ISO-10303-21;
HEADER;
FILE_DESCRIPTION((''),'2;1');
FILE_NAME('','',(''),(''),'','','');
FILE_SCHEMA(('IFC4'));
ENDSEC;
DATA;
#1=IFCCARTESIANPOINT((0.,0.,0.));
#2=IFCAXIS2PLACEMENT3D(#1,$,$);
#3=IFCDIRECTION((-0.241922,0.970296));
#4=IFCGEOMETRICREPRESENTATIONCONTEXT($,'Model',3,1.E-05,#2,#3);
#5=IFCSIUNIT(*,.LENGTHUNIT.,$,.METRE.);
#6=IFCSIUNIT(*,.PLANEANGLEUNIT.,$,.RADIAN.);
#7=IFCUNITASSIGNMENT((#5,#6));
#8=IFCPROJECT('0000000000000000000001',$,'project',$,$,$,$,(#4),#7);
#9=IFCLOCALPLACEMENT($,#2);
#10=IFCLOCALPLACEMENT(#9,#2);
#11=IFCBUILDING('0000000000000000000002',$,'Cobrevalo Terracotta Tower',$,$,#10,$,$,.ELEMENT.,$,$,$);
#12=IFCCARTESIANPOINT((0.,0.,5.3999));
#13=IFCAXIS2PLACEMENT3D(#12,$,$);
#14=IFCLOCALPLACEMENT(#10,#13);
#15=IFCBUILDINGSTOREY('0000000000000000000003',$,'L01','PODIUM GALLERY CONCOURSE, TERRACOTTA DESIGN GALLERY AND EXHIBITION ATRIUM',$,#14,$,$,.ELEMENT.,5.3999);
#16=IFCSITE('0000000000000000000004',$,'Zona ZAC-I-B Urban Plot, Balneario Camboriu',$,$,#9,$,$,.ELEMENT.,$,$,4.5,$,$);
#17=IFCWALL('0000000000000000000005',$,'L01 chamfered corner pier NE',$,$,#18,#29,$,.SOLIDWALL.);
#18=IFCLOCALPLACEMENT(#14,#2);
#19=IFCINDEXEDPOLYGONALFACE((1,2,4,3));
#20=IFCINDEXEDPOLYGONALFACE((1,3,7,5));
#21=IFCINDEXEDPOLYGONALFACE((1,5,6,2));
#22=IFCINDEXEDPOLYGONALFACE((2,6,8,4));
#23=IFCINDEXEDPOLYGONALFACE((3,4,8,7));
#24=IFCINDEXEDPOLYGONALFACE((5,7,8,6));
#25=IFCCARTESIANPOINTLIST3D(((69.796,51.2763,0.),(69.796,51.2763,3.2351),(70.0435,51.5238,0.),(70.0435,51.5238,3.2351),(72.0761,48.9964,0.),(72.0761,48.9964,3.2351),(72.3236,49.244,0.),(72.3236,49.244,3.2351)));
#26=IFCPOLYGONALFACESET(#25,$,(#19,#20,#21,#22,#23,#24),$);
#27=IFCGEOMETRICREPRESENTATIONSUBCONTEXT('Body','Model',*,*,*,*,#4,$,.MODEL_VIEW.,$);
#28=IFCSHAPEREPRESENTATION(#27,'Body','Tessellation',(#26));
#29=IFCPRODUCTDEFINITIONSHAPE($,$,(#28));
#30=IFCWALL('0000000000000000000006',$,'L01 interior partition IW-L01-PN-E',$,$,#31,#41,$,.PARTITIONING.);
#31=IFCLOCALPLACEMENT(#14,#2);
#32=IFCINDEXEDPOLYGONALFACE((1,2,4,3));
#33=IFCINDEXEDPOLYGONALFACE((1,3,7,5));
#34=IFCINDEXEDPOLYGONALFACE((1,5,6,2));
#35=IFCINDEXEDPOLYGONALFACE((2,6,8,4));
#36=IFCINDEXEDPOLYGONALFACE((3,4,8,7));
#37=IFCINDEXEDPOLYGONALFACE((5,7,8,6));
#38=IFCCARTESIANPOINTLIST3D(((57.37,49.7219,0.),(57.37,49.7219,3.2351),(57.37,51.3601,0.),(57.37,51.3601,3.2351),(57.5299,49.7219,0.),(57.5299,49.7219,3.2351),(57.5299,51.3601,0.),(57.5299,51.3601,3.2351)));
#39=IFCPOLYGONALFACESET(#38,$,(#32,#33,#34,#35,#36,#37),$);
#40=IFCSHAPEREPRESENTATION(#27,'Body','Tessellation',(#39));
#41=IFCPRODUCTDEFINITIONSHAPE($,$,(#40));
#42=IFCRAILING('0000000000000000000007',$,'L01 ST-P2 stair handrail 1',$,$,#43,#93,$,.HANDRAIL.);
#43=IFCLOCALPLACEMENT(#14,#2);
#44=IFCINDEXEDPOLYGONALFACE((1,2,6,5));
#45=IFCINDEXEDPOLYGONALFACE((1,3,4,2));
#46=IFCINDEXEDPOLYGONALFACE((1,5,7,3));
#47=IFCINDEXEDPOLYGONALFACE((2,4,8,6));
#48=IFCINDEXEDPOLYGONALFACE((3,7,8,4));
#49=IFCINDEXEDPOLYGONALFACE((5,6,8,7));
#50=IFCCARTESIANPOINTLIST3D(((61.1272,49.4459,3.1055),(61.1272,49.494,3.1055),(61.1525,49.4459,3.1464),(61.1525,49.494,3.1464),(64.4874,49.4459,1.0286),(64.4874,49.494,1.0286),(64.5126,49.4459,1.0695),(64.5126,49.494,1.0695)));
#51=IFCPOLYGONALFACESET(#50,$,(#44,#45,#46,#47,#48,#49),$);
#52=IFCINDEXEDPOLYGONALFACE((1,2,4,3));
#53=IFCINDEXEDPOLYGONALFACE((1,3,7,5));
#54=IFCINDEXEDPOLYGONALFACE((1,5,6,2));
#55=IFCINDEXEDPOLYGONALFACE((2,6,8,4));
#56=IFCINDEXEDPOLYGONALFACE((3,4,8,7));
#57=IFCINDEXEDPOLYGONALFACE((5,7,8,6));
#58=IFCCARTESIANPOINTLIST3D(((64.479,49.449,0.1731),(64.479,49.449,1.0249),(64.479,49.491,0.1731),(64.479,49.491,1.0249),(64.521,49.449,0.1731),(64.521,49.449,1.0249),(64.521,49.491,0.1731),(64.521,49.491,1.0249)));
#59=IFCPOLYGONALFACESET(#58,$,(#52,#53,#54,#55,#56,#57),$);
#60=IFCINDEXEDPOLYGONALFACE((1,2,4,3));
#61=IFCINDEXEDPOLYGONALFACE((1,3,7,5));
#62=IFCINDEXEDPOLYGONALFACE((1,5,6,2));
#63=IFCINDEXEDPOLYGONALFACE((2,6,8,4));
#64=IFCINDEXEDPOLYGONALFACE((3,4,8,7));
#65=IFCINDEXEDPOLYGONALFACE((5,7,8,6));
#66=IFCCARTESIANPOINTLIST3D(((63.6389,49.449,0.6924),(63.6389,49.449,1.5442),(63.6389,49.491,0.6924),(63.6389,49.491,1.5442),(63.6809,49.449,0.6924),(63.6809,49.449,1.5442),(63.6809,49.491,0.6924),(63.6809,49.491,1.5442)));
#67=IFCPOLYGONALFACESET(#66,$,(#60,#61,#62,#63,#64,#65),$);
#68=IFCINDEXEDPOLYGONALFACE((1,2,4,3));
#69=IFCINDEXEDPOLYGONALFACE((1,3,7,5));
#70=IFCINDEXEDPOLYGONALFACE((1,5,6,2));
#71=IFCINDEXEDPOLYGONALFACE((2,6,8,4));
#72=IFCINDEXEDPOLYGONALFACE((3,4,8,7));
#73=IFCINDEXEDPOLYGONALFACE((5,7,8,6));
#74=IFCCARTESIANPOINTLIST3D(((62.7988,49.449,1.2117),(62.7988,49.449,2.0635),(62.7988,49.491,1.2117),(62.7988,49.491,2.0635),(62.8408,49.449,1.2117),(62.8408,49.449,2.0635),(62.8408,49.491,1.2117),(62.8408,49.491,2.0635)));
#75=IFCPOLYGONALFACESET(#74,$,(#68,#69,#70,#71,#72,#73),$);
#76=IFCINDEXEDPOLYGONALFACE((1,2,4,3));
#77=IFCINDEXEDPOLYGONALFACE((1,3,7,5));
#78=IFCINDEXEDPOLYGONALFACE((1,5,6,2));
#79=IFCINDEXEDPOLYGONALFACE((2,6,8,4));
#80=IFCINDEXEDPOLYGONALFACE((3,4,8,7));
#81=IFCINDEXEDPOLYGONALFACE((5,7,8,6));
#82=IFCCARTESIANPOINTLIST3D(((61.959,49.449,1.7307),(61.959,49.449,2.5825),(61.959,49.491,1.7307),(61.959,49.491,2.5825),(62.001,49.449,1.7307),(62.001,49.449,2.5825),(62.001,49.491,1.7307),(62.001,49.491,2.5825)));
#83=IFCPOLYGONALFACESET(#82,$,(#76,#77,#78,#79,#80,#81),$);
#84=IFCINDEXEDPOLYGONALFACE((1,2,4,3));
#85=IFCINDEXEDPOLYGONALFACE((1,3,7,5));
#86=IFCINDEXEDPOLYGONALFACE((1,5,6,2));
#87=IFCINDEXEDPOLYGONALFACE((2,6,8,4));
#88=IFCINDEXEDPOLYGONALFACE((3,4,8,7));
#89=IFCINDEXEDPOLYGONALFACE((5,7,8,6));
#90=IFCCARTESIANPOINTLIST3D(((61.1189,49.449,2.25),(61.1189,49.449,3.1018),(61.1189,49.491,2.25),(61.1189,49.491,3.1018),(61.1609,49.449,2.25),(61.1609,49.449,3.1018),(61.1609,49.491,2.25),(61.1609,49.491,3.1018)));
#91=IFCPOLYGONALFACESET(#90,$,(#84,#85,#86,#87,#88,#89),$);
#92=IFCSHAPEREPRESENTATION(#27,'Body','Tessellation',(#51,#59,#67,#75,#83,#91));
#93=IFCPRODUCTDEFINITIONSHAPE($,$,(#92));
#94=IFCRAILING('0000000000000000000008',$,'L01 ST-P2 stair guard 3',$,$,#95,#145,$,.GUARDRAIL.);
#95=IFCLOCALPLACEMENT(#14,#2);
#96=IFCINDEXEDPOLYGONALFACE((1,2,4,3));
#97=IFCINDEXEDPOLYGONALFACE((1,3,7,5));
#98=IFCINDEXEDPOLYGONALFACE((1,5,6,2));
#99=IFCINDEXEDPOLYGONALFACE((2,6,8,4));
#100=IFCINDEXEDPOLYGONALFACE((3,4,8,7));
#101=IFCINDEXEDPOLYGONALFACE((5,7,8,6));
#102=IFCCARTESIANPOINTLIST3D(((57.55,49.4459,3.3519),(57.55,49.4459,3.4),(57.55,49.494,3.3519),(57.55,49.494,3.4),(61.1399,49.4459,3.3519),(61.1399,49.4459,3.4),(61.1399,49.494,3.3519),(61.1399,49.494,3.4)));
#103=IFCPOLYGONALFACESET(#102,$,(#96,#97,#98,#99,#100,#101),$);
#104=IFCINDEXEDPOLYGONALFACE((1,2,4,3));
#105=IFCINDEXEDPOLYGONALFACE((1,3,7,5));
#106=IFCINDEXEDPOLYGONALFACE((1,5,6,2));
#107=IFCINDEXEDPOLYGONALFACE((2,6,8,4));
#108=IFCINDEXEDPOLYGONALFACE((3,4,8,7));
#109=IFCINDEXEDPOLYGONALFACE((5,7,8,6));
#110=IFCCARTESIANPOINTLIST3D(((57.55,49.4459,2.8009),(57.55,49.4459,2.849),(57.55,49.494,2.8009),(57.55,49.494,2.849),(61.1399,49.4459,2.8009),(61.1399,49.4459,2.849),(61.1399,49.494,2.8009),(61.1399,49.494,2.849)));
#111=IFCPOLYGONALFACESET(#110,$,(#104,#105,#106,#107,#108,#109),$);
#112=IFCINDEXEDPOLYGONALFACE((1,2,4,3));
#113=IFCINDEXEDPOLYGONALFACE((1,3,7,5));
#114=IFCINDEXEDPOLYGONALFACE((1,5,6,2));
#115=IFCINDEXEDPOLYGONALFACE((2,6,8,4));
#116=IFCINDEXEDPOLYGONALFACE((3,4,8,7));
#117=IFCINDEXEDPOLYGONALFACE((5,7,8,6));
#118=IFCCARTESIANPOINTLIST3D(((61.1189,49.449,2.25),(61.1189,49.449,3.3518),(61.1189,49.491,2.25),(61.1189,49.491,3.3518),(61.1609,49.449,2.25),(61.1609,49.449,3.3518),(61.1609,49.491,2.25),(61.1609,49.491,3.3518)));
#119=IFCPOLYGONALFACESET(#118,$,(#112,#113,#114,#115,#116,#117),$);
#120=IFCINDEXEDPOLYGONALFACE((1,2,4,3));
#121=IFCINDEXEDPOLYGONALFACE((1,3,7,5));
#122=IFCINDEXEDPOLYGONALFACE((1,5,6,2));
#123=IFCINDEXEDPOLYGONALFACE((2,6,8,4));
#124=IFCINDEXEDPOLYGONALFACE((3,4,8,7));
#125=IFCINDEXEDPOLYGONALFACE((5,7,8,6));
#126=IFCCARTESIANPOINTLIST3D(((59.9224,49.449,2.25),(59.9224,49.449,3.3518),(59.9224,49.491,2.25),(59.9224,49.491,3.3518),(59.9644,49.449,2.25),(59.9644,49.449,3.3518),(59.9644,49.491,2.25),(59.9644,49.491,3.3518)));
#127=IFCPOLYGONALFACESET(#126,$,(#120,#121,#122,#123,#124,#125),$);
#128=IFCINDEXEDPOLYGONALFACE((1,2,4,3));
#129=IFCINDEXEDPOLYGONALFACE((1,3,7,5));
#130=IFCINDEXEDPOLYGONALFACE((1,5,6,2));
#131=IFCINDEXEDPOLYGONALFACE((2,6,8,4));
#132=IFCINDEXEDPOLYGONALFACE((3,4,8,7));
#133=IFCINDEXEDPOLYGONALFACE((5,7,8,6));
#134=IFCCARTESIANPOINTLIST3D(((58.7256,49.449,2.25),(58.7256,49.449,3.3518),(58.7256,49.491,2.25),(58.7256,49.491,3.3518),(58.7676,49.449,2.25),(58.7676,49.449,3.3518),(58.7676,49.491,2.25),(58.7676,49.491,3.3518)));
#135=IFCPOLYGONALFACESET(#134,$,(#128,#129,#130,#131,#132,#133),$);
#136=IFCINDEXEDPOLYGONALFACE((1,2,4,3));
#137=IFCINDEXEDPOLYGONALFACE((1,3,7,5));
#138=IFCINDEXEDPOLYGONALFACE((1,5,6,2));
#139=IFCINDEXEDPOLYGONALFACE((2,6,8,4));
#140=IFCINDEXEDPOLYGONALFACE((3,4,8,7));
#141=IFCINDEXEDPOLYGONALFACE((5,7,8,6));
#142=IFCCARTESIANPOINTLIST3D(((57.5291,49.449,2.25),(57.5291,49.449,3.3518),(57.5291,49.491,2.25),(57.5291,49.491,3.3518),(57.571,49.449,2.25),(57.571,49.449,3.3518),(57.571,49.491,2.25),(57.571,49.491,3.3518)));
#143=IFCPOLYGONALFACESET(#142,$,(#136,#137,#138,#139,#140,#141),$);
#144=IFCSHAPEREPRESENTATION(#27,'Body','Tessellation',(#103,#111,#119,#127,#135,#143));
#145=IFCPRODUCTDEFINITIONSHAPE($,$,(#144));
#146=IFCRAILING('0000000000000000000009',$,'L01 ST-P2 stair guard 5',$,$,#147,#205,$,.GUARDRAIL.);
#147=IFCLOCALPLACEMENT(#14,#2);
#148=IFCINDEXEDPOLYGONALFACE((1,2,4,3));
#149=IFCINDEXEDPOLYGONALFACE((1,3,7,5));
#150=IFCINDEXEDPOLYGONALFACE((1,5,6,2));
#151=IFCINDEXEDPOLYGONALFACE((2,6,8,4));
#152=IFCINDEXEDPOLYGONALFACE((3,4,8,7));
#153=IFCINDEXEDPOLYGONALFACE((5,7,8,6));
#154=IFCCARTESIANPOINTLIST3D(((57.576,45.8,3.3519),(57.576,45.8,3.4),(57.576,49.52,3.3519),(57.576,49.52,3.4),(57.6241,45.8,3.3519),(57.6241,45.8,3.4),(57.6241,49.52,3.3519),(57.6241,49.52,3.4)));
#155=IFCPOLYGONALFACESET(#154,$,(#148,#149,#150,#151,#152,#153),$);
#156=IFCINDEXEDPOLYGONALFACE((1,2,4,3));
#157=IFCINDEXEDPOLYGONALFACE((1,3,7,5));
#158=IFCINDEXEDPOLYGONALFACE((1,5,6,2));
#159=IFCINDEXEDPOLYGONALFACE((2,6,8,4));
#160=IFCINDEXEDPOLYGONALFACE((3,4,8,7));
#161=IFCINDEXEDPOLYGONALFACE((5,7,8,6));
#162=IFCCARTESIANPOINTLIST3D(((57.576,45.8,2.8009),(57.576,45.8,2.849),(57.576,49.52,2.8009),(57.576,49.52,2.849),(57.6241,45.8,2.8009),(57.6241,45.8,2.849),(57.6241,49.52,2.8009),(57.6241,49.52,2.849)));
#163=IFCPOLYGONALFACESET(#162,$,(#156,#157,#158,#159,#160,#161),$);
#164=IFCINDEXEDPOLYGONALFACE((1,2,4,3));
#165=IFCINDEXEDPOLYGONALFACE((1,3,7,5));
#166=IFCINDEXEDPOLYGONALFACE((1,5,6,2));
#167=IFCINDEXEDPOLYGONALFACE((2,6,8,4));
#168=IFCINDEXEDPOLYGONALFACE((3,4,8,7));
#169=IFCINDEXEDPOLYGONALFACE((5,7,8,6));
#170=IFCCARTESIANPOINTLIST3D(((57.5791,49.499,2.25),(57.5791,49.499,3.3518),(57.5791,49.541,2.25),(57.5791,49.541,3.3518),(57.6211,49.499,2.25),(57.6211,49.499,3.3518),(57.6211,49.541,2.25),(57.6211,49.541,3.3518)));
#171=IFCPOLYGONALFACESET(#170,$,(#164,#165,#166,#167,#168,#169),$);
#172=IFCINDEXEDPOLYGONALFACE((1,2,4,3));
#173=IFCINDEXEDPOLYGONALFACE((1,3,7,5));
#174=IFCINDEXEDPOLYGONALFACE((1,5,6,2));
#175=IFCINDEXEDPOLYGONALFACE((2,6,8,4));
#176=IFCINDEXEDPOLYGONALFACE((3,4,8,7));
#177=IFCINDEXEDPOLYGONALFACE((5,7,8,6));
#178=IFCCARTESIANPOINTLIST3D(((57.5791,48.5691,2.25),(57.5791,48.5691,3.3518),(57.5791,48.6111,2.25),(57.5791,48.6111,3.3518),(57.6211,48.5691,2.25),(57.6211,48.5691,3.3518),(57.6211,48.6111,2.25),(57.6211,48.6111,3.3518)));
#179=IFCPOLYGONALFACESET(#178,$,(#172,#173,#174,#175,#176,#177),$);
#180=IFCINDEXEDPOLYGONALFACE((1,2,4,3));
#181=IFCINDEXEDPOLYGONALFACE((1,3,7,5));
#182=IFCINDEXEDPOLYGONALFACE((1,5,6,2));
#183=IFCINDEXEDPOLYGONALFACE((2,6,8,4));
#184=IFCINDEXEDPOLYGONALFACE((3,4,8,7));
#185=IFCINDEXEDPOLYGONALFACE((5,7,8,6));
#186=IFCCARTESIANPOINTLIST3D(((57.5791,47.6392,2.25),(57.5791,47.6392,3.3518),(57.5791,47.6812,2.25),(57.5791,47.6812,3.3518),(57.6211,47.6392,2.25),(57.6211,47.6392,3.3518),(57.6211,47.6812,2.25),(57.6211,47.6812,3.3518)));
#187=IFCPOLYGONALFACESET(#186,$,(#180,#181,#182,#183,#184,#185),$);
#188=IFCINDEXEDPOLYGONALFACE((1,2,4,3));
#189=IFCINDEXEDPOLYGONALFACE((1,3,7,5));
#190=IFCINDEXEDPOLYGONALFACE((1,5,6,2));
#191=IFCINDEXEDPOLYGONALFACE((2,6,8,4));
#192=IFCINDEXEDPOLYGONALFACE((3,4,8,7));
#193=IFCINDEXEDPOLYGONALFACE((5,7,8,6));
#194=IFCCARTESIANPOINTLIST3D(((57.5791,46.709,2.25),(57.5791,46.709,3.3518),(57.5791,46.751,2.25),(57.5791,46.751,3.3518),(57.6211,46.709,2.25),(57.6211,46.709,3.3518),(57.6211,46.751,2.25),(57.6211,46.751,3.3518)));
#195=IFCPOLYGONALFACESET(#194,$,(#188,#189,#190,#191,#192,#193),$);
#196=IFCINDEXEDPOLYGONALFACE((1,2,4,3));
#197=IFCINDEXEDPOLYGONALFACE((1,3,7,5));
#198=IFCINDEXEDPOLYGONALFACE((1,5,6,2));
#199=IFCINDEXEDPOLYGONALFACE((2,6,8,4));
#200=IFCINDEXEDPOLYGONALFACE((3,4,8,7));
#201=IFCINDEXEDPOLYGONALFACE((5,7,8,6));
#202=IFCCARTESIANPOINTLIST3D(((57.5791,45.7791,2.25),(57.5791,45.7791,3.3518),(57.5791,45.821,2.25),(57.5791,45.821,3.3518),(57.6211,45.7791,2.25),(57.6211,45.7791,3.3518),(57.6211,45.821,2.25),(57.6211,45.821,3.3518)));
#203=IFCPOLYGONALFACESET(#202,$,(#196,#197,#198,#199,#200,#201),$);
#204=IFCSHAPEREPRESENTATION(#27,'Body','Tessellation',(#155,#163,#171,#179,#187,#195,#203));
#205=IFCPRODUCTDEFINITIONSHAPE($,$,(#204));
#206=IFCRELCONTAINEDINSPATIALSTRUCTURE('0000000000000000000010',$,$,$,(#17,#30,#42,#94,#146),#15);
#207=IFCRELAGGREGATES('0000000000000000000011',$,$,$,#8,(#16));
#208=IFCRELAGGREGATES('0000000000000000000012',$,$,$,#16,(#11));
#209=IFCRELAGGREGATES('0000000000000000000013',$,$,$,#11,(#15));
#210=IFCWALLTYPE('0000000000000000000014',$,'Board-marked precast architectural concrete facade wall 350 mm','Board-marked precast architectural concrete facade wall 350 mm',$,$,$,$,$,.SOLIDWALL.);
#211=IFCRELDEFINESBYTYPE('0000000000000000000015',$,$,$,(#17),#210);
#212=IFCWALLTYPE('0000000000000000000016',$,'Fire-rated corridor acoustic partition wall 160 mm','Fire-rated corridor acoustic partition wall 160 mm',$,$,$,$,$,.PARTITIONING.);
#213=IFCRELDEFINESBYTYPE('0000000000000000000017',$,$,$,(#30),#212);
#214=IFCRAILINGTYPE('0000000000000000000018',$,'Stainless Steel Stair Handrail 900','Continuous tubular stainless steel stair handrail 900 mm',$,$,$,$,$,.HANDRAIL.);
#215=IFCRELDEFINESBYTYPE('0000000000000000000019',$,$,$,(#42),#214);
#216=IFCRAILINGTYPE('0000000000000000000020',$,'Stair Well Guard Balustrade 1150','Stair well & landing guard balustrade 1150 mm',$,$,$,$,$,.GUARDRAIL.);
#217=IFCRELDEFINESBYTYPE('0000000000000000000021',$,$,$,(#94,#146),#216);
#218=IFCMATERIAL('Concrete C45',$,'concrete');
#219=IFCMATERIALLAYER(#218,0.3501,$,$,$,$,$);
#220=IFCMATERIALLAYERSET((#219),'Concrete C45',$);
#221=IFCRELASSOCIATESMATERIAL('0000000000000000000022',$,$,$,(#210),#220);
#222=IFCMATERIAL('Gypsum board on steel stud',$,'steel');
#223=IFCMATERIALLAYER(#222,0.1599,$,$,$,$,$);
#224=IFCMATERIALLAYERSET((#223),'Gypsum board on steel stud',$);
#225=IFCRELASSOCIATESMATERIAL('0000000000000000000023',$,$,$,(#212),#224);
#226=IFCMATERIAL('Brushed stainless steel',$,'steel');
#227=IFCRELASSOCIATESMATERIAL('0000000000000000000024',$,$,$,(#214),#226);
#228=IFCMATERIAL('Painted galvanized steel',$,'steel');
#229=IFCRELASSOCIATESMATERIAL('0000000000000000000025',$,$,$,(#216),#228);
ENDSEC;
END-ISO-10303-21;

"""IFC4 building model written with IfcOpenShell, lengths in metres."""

from ifc_helpers import new_model, si_unit, direction, frame, frame_2d, origin, origin_2d, place, context, subcontext, project, spatial, rectangle, extrude, material, layer, layer_set, type_object, element, save


model = new_model("IFC4")

# Units and contexts
model_context = context("Model", 3, precision=1e-05, world=origin(), true_north=direction((-0.241922, 0.970296)))
body_context = subcontext(model_context, "Body", "Model", "MODEL_VIEW")
ifc_project = project(units=[si_unit("LENGTHUNIT", "METRE"), si_unit("PLANEANGLEUNIT", "RADIAN")], contexts=[model_context])

# Site, building, storey
site_placement = place(None, origin())
site = spatial("IfcSite", under=ifc_project, at=site_placement, Name="Zona ZAC-I-B Urban Plot, Balneario Camboriu", CompositionType="ELEMENT", RefElevation=4.5)
building_placement = place(site_placement, origin())
building = spatial("IfcBuilding", under=site, at=building_placement, Name="Cobrevalo Terracotta Tower", CompositionType="ELEMENT")
storey_placement = place(building_placement, frame((0.0, 0.0, 5.3999)))
storey = spatial("IfcBuildingStorey", under=building, at=storey_placement, Name="L01", Description="PODIUM GALLERY CONCOURSE, TERRACOTTA DESIGN GALLERY AND EXHIBITION ATRIUM", CompositionType="ELEMENT", Elevation=5.3999)

# Walls
ifc_material_1 = material(Name="Concrete C45", Category="concrete")
ifc_layer_1 = layer(ifc_material_1, 0.3501)
ifc_layer_set_1 = layer_set([ifc_layer_1], Name="Concrete C45")
wall_type_1 = type_object("IfcWallType", Name="Board-marked precast architectural concrete facade wall 350 mm", Description="Board-marked precast architectural concrete facade wall 350 mm", PredefinedType="SOLIDWALL", material=ifc_layer_set_1)
wall_1_placement = place(storey_placement, frame((72.2, 49.1201, 0.0), z_axis=(0.0, 0.0, 1.0), x_axis=(-0.707145, 0.707069, 0.0)))
element("IfcWall", 1, at=wall_1_placement, inside=storey, type_object=wall_type_1, Name="L01 chamfered corner pier NE", PredefinedType="SOLIDWALL", context=body_context, shape_type="SweptSolid", body=[
    extrude(rectangle(XDim=3.2244, YDim=0.3501, at=frame_2d((1.6123, 0.0))), origin(), (0.0, 0.0, 1.0), 3.2351),
])
ifc_material_2 = material(Name="Gypsum board on steel stud", Category="steel")
ifc_layer_2 = layer(ifc_material_2, 0.1599)
ifc_layer_set_2 = layer_set([ifc_layer_2], Name="Gypsum board on steel stud")
wall_type_2 = type_object("IfcWallType", Name="Fire-rated corridor acoustic partition wall 160 mm", Description="Fire-rated corridor acoustic partition wall 160 mm", PredefinedType="PARTITIONING", material=ifc_layer_set_2)
wall_2_placement = place(storey_placement, frame((57.45, 49.7219, 0.0), z_axis=(0.0, 0.0, 1.0), x_axis=(0.0, 1.0, 0.0)))
element("IfcWall", 2, at=wall_2_placement, inside=storey, type_object=wall_type_2, Name="L01 interior partition IW-L01-PN-E", PredefinedType="PARTITIONING", context=body_context, shape_type="SweptSolid", body=[
    extrude(rectangle(XDim=1.6382, YDim=0.1599, at=frame_2d((0.8191, 0.0))), origin(), (0.0, 0.0, 1.0), 3.2351),
])

# Railings
ifc_material_3 = material(Name="Brushed stainless steel", Category="steel")
railing_type_1 = type_object("IfcRailingType", Name="Stainless Steel Stair Handrail 900", Description="Continuous tubular stainless steel stair handrail 900 mm", PredefinedType="HANDRAIL", material=ifc_material_3)
railing_1_placement = place(storey_placement, frame((64.5, 49.47, 0.1731)))
element("IfcRailing", 3, at=railing_1_placement, inside=storey, type_object=railing_type_1, Name="L01 ST-P2 stair handrail 1", PredefinedType="HANDRAIL", context=body_context, shape_type="SweptSolid", body=[
    extrude(rectangle(XDim=0.0481, YDim=0.0481, at=origin_2d()), frame((0.0, 0.0, 0.876), z_axis=(-0.850623, 0.0, 0.525776), x_axis=(0.0, -1.0, 0.0)), (0.0, 0.0, 1.0), 3.9502),
    extrude(rectangle(XDim=0.042, YDim=0.042, at=origin_2d()), origin(), (0.0, 0.0, 1.0), 0.8518),
    extrude(rectangle(XDim=0.042, YDim=0.042, at=origin_2d()), frame((-0.8401, 0.0, 0.5193)), (0.0, 0.0, 1.0), 0.8518),
    extrude(rectangle(XDim=0.042, YDim=0.042, at=origin_2d()), frame((-1.6802, 0.0, 1.0386)), (0.0, 0.0, 1.0), 0.8518),
    extrude(rectangle(XDim=0.042, YDim=0.042, at=origin_2d()), frame((-2.52, 0.0, 1.5576)), (0.0, 0.0, 1.0), 0.8518),
    extrude(rectangle(XDim=0.042, YDim=0.042, at=origin_2d()), frame((-3.3601, 0.0, 2.0769)), (0.0, 0.0, 1.0), 0.8518),
])
ifc_material_4 = material(Name="Painted galvanized steel", Category="steel")
railing_type_2 = type_object("IfcRailingType", Name="Stair Well Guard Balustrade 1150", Description="Stair well & landing guard balustrade 1150 mm", PredefinedType="GUARDRAIL", material=ifc_material_4)
railing_2_placement = place(storey_placement, frame((61.1399, 49.47, 2.25)))
element("IfcRailing", 4, at=railing_2_placement, inside=storey, type_object=railing_type_2, Name="L01 ST-P2 stair guard 3", PredefinedType="GUARDRAIL", context=body_context, shape_type="SweptSolid", body=[
    extrude(rectangle(XDim=0.0481, YDim=0.0481, at=origin_2d()), frame((0.0, 0.0, 1.126), z_axis=(-1.0, 0.0, 0.0), x_axis=(0.0, -1.0, 0.0)), (0.0, 0.0, 1.0), 3.5898),
    extrude(rectangle(XDim=0.0481, YDim=0.0481, at=origin_2d()), frame((0.0, 0.0, 0.575), z_axis=(-1.0, 0.0, 0.0), x_axis=(0.0, -1.0, 0.0)), (0.0, 0.0, 1.0), 3.5898),
    extrude(rectangle(XDim=0.042, YDim=0.042, at=origin_2d()), origin(), (0.0, 0.0, 1.0), 1.1018),
    extrude(rectangle(XDim=0.042, YDim=0.042, at=origin_2d()), frame((-1.1965, 0.0, 0.0)), (0.0, 0.0, 1.0), 1.1018),
    extrude(rectangle(XDim=0.042, YDim=0.042, at=origin_2d()), frame((-2.3933, 0.0, 0.0)), (0.0, 0.0, 1.0), 1.1018),
    extrude(rectangle(XDim=0.042, YDim=0.042, at=origin_2d()), frame((-3.5898, 0.0, 0.0)), (0.0, 0.0, 1.0), 1.1018),
])
railing_3_placement = place(storey_placement, frame((57.6001, 49.52, 2.25)))
element("IfcRailing", 5, at=railing_3_placement, inside=storey, type_object=railing_type_2, Name="L01 ST-P2 stair guard 5", PredefinedType="GUARDRAIL", context=body_context, shape_type="SweptSolid", body=[
    extrude(rectangle(XDim=0.0481, YDim=0.0481, at=origin_2d()), frame((0.0, 0.0, 1.126), z_axis=(0.0, -1.0, 0.0), x_axis=(1.0, 0.0, 0.0)), (0.0, 0.0, 1.0), 3.72),
    extrude(rectangle(XDim=0.0481, YDim=0.0481, at=origin_2d()), frame((0.0, 0.0, 0.575), z_axis=(0.0, -1.0, 0.0), x_axis=(1.0, 0.0, 0.0)), (0.0, 0.0, 1.0), 3.72),
    extrude(rectangle(XDim=0.042, YDim=0.042, at=origin_2d()), origin(), (0.0, 0.0, 1.0), 1.1018),
    extrude(rectangle(XDim=0.042, YDim=0.042, at=origin_2d()), frame((0.0, -0.9299, 0.0)), (0.0, 0.0, 1.0), 1.1018),
    extrude(rectangle(XDim=0.042, YDim=0.042, at=origin_2d()), frame((0.0, -1.8599, 0.0)), (0.0, 0.0, 1.0), 1.1018),
    extrude(rectangle(XDim=0.042, YDim=0.042, at=origin_2d()), frame((0.0, -2.79, 0.0)), (0.0, 0.0, 1.0), 1.1018),
    extrude(rectangle(XDim=0.042, YDim=0.042, at=origin_2d()), frame((0.0, -3.72, 0.0)), (0.0, 0.0, 1.0), 1.1018),
])

save(model, "model.ifc")
